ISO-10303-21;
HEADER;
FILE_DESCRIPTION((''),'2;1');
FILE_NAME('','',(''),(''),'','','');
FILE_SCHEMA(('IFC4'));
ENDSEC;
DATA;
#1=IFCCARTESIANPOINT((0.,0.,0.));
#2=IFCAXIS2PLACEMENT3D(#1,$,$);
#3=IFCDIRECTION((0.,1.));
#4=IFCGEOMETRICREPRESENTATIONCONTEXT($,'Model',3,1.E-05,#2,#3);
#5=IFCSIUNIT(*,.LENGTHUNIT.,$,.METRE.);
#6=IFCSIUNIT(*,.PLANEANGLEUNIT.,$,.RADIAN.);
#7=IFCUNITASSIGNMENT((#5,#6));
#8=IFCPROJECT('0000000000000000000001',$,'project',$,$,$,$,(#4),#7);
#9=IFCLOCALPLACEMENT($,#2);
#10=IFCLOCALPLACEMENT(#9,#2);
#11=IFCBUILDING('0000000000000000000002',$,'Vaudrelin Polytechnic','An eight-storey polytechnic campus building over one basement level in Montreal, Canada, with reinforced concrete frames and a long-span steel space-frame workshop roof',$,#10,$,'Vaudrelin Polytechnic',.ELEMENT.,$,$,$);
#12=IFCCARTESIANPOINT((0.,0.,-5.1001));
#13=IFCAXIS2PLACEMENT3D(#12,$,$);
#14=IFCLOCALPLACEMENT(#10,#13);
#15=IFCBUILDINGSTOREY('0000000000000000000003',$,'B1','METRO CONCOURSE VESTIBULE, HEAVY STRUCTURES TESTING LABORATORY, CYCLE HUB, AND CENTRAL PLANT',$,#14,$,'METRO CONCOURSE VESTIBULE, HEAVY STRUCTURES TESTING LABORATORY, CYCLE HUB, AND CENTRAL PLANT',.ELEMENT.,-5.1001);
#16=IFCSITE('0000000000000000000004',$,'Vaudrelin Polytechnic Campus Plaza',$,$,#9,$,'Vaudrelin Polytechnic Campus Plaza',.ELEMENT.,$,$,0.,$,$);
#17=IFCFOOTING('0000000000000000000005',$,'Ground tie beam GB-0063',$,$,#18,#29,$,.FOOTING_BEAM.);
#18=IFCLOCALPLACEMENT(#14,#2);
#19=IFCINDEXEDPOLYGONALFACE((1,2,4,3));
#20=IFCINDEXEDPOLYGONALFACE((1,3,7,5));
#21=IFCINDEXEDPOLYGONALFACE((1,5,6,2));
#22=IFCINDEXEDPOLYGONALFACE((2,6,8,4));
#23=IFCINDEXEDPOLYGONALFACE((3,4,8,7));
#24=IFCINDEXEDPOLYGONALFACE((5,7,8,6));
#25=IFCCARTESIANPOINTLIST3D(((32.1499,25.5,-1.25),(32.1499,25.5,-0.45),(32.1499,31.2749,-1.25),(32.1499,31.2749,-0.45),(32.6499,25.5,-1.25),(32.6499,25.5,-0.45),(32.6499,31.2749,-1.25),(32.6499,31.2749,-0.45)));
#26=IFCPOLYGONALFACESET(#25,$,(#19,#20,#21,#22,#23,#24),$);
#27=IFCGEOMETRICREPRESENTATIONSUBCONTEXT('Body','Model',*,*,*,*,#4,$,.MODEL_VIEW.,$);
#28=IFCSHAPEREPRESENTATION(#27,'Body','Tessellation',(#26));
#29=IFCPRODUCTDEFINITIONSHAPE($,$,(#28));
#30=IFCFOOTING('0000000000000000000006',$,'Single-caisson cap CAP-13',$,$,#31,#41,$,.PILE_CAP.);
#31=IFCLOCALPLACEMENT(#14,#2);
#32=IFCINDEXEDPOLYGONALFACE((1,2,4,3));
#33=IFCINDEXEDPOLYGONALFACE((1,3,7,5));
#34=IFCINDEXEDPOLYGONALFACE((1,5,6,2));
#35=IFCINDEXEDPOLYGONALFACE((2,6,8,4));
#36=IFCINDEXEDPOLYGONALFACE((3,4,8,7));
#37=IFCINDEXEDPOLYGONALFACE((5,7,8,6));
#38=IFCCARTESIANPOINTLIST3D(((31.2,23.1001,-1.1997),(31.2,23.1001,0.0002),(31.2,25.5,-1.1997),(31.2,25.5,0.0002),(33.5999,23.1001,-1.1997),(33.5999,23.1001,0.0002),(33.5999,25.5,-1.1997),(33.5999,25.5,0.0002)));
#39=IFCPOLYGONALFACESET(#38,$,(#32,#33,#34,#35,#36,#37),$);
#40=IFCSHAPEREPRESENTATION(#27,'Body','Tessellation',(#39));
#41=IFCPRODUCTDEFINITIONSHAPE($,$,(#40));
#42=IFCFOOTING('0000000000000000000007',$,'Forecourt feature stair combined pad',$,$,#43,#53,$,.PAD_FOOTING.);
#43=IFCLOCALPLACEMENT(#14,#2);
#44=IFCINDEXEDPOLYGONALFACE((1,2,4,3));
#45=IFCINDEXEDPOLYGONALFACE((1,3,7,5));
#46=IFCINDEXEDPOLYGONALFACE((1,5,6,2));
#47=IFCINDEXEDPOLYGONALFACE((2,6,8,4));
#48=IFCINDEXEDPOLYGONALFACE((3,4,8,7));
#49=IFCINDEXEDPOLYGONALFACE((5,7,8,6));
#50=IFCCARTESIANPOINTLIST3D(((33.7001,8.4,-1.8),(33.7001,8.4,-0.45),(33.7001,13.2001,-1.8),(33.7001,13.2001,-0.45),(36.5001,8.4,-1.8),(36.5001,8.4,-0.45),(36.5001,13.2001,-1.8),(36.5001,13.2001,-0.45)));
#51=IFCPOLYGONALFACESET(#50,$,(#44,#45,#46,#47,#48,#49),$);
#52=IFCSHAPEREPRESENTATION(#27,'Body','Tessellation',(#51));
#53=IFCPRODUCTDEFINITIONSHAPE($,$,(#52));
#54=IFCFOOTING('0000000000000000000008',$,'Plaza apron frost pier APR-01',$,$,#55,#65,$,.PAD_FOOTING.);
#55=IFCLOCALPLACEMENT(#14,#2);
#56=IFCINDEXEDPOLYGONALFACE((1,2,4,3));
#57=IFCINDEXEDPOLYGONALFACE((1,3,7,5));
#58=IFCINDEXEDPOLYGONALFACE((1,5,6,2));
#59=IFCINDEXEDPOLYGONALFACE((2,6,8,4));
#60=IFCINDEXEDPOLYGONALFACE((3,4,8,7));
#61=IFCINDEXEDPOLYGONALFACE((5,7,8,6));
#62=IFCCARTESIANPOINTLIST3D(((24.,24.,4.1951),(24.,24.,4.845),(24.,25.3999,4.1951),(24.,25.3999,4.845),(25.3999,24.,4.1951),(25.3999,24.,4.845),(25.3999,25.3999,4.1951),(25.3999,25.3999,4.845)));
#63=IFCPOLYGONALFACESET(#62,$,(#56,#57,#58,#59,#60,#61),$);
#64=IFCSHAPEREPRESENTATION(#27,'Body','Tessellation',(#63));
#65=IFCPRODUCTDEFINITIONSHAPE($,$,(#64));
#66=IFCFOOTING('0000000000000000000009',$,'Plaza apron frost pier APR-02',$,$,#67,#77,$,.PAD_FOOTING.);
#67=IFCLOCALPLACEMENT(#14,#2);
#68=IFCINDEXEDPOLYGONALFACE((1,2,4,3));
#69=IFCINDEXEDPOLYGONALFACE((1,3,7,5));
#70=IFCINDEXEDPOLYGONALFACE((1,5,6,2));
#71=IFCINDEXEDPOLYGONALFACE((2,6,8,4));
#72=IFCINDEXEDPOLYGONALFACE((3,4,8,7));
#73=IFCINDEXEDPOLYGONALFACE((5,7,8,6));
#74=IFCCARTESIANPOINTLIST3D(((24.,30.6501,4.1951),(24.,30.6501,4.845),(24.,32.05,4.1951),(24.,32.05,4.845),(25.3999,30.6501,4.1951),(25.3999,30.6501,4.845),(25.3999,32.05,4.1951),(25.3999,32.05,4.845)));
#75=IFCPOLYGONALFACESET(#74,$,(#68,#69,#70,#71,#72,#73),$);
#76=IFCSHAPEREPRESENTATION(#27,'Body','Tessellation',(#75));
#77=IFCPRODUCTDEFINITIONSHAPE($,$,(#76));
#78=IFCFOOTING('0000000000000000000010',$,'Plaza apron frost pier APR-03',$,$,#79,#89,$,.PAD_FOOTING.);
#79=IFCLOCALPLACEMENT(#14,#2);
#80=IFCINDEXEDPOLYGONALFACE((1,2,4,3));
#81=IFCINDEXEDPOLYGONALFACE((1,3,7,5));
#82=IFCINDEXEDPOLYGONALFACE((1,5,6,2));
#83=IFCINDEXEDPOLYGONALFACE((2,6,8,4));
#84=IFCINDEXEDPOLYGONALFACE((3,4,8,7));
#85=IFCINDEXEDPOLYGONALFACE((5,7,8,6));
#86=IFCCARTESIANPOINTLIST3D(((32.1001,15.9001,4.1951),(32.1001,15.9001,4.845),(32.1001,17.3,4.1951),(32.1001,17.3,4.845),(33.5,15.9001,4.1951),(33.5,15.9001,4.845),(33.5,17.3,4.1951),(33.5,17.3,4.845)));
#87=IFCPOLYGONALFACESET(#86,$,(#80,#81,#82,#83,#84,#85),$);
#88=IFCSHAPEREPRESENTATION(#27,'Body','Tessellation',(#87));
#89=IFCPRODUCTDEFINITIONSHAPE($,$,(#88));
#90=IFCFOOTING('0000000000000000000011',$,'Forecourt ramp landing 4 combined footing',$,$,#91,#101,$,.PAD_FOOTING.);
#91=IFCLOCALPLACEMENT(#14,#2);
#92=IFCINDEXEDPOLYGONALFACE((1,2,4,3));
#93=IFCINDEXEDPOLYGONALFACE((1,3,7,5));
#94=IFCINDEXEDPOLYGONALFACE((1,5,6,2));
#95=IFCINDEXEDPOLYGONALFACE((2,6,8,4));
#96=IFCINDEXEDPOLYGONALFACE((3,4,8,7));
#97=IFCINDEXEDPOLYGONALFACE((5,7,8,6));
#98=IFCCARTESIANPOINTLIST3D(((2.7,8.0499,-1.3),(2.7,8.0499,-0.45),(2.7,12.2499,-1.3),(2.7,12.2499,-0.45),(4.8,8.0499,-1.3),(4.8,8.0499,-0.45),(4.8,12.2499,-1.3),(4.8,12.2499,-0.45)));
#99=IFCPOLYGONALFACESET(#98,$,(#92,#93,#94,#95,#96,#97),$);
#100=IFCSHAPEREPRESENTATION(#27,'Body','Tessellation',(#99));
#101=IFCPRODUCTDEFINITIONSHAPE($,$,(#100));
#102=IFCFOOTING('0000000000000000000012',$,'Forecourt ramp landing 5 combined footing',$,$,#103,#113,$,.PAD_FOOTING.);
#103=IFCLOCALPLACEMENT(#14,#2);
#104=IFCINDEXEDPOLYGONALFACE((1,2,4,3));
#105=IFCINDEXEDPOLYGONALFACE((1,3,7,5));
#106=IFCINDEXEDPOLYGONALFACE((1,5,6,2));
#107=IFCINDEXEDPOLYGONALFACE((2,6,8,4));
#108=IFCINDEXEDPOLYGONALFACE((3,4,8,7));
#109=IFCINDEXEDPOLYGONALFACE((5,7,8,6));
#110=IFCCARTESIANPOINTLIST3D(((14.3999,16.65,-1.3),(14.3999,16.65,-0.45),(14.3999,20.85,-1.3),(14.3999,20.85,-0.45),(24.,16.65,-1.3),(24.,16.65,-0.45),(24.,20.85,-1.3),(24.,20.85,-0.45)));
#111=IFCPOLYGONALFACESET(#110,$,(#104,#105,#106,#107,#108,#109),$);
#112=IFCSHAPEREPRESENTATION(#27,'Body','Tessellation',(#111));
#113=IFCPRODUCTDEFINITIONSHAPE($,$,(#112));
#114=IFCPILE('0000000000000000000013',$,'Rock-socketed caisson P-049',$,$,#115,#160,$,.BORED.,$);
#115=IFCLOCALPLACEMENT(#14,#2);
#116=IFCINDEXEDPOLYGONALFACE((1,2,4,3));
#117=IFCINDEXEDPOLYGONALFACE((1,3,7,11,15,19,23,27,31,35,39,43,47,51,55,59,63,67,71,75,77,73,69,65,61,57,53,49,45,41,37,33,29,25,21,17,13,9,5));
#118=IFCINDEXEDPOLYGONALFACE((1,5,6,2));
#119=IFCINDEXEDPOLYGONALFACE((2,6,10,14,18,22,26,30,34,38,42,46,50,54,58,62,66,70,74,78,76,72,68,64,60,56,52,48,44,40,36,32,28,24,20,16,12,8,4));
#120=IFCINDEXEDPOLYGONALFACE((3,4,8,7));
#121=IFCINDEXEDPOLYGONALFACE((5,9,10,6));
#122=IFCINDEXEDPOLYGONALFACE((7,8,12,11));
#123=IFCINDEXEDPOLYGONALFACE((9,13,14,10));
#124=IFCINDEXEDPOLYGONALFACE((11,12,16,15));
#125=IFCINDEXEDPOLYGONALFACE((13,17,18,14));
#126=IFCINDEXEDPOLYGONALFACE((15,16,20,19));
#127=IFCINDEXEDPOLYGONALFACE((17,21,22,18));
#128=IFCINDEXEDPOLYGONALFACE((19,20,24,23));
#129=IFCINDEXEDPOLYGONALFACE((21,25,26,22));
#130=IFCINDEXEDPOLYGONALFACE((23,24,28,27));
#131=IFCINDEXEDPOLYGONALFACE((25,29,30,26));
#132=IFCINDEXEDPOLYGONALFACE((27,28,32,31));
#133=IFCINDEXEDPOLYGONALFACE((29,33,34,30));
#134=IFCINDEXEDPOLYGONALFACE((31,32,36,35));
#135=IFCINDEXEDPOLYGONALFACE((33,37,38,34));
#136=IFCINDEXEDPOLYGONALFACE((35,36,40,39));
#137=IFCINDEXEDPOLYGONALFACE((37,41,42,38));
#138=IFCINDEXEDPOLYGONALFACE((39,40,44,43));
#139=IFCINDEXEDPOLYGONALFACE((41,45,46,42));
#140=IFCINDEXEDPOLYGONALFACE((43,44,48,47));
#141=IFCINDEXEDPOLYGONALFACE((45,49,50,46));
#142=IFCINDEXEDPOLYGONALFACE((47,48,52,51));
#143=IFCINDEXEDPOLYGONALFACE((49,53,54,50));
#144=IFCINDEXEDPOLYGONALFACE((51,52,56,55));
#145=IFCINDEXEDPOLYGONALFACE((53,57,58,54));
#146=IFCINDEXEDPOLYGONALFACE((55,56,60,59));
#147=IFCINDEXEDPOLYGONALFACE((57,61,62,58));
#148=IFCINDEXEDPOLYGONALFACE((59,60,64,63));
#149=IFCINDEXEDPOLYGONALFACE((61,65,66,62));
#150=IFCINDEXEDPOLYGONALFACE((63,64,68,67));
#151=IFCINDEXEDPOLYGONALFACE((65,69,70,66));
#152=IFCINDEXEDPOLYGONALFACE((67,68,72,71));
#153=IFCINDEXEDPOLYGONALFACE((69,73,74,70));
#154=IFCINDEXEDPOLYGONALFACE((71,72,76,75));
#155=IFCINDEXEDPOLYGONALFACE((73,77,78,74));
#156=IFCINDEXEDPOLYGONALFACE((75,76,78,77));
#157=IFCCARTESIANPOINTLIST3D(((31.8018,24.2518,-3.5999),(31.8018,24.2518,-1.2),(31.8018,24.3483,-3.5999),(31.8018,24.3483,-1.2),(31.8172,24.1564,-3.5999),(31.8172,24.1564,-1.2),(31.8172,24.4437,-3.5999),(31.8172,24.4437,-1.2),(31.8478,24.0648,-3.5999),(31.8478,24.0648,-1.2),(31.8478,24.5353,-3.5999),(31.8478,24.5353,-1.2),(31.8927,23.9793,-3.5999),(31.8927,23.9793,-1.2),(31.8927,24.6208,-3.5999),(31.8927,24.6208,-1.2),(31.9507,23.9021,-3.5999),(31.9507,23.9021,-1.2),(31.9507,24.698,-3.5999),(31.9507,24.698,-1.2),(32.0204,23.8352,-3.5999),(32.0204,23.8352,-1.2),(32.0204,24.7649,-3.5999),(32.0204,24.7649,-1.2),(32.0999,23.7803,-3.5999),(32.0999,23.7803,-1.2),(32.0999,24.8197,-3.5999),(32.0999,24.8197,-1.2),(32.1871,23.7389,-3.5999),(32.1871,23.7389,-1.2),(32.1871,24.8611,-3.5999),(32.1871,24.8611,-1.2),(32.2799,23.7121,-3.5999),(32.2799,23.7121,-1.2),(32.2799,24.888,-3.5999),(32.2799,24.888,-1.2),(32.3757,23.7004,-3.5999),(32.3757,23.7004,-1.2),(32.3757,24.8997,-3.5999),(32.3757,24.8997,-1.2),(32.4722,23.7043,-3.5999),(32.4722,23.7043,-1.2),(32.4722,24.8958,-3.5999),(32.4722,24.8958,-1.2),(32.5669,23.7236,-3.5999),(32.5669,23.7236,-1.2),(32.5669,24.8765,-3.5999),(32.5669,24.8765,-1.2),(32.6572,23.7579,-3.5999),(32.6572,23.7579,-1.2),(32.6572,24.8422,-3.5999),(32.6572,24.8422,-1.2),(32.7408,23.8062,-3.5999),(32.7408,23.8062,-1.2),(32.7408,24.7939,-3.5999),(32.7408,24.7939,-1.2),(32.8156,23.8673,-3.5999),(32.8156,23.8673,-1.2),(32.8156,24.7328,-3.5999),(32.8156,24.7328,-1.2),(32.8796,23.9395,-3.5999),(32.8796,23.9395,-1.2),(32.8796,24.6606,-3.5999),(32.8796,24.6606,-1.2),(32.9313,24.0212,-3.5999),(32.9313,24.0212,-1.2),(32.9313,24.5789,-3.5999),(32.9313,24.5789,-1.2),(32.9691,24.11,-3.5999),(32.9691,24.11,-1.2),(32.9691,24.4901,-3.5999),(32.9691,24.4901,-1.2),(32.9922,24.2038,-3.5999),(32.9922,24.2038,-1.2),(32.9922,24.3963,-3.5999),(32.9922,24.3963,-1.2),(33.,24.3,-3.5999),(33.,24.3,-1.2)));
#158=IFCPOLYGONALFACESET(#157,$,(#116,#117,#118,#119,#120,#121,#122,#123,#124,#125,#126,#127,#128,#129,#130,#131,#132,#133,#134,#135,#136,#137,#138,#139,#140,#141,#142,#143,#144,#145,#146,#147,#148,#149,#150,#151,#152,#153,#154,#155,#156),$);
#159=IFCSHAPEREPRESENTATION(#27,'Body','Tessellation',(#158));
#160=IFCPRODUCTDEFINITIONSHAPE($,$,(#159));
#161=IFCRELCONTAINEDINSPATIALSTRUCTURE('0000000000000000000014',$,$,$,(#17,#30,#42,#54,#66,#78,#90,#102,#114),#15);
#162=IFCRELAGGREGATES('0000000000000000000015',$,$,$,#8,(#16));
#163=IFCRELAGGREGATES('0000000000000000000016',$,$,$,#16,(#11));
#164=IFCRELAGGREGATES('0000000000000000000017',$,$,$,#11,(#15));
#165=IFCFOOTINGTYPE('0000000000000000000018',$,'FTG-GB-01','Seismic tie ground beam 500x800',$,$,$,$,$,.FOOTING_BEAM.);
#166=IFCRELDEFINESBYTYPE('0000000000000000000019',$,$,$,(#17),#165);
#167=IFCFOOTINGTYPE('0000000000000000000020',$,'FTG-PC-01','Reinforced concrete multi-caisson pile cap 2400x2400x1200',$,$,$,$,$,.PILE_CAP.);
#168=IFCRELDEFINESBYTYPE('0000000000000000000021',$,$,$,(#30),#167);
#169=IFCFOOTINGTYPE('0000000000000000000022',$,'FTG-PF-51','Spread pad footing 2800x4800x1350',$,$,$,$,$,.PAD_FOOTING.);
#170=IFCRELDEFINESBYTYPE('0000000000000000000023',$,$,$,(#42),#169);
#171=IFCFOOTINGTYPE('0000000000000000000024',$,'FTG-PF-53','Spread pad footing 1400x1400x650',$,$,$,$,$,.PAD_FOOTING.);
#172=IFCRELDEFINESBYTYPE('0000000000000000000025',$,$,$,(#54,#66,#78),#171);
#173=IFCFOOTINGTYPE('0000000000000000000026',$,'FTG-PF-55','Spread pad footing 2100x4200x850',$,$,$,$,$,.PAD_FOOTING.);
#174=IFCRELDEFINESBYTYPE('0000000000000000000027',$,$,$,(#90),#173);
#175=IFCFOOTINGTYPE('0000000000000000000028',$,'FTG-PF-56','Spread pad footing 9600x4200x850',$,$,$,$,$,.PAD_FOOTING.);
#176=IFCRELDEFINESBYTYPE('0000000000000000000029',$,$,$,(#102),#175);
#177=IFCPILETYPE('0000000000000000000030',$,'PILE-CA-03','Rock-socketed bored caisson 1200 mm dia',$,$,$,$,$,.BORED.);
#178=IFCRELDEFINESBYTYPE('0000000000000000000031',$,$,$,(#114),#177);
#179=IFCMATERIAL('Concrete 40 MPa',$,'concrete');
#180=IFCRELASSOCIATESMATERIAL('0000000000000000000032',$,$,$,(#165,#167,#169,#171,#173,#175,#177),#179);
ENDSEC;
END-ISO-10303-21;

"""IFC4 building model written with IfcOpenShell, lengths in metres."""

from ifc_helpers import new_model, si_unit, direction, frame, origin, origin_2d, place, context, subcontext, project, spatial, rectangle, circle, extrude, material, material_profile, profile_set, type_object, element, save


model = new_model("IFC4")

# Units and contexts
model_context = context("Model", 3, precision=1e-05, world=origin(), true_north=direction((0.0, 1.0)))
body_context = subcontext(model_context, "Body", "Model", "MODEL_VIEW")
ifc_project = project(units=[si_unit("LENGTHUNIT", "METRE"), si_unit("PLANEANGLEUNIT", "RADIAN")], contexts=[model_context])

# Site, building, storey
site_placement = place(None, origin())
site = spatial("IfcSite", under=ifc_project, at=site_placement, Name="Vaudrelin Polytechnic Campus Plaza", LongName="Vaudrelin Polytechnic Campus Plaza", CompositionType="ELEMENT", RefElevation=0.0)
building_placement = place(site_placement, origin())
building = spatial("IfcBuilding", under=site, at=building_placement, Name="Vaudrelin Polytechnic", Description="An eight-storey polytechnic campus building over one basement level in Montreal, Canada, with reinforced concrete frames and a long-span steel space-frame workshop roof", LongName="Vaudrelin Polytechnic", CompositionType="ELEMENT")
storey_placement = place(building_placement, frame((0.0, 0.0, -5.1001)))
storey = spatial("IfcBuildingStorey", under=building, at=storey_placement, Name="B1", Description="METRO CONCOURSE VESTIBULE, HEAVY STRUCTURES TESTING LABORATORY, CYCLE HUB, AND CENTRAL PLANT", LongName="METRO CONCOURSE VESTIBULE, HEAVY STRUCTURES TESTING LABORATORY, CYCLE HUB, AND CENTRAL PLANT", CompositionType="ELEMENT", Elevation=-5.1001)

# Footings
ifc_material_1 = material(Name="Concrete 40 MPa", Category="concrete")
footing_type_1 = type_object("IfcFootingType", Name="FTG-GB-01", Description="Seismic tie ground beam 500x800", PredefinedType="FOOTING_BEAM", material=ifc_material_1)
footing_1_placement = place(storey_placement, frame((32.3999, 28.3875, -1.25), z_axis=(0.0, 0.0, 1.0), x_axis=(1.0, 0.0, 0.0)))
element("IfcFooting", 1, at=footing_1_placement, inside=storey, type_object=footing_type_1, Name="Ground tie beam GB-0063", PredefinedType="FOOTING_BEAM", context=body_context, shape_type="SweptSolid", body=[
    extrude(rectangle(XDim=0.5, YDim=5.7749, at=origin_2d()), origin(), (0.0, 0.0, 1.0), 0.8),
])
footing_type_2 = type_object("IfcFootingType", Name="FTG-PC-01", Description="Reinforced concrete multi-caisson pile cap 2400x2400x1200", PredefinedType="PILE_CAP", material=ifc_material_1)
footing_2_placement = place(storey_placement, frame((32.3999, 24.3, -1.1997), z_axis=(0.0, 0.0, 1.0), x_axis=(1.0, 0.0, 0.0)))
element("IfcFooting", 2, at=footing_2_placement, inside=storey, type_object=footing_type_2, Name="Single-caisson cap CAP-13", PredefinedType="PILE_CAP", context=body_context, shape_type="SweptSolid", body=[
    extrude(rectangle(XDim=2.3999, YDim=2.3999, at=origin_2d()), origin(), (0.0, 0.0, 1.0), 1.2),
])
footing_type_3 = type_object("IfcFootingType", Name="FTG-PF-51", Description="Spread pad footing 2800x4800x1350", PredefinedType="PAD_FOOTING", material=ifc_material_1)
footing_3_placement = place(storey_placement, frame((35.1001, 10.8, -1.8), z_axis=(0.0, 0.0, 1.0), x_axis=(1.0, 0.0, 0.0)))
element("IfcFooting", 3, at=footing_3_placement, inside=storey, type_object=footing_type_3, Name="Forecourt feature stair combined pad", PredefinedType="PAD_FOOTING", context=body_context, shape_type="SweptSolid", body=[
    extrude(rectangle(XDim=2.8, YDim=4.8, at=origin_2d()), origin(), (0.0, 0.0, 1.0), 1.3501),
])
footing_type_4 = type_object("IfcFootingType", Name="FTG-PF-53", Description="Spread pad footing 1400x1400x650", PredefinedType="PAD_FOOTING", material=ifc_material_1)
for number, where, z_axis, x_axis, name in (
    (4, (24.7, 24.7, 4.1951), (0.0, 0.0, 1.0), (1.0, 0.0, 0.0), "Plaza apron frost pier APR-01"),
    (5, (24.7, 31.3501, 4.1951), (0.0, 0.0, 1.0), (1.0, 0.0, 0.0), "Plaza apron frost pier APR-02"),
    (6, (32.8, 16.6001, 4.1951), (0.0, 0.0, 1.0), (1.0, 0.0, 0.0), "Plaza apron frost pier APR-03"),
):
    element("IfcFooting", number, at=place(storey_placement, frame(where, z_axis=z_axis, x_axis=x_axis)), inside=storey, type_object=footing_type_4, Name=name, PredefinedType="PAD_FOOTING", context=body_context, shape_type="SweptSolid", body=[
        extrude(rectangle(XDim=1.3999, YDim=1.3999, at=origin_2d()), origin(), (0.0, 0.0, 1.0), 0.6499),
    ])
footing_type_5 = type_object("IfcFootingType", Name="FTG-PF-55", Description="Spread pad footing 2100x4200x850", PredefinedType="PAD_FOOTING", material=ifc_material_1)
footing_4_placement = place(storey_placement, frame((3.75, 10.1499, -1.3), z_axis=(0.0, 0.0, 1.0), x_axis=(1.0, 0.0, 0.0)))
element("IfcFooting", 7, at=footing_4_placement, inside=storey, type_object=footing_type_5, Name="Forecourt ramp landing 4 combined footing", PredefinedType="PAD_FOOTING", context=body_context, shape_type="SweptSolid", body=[
    extrude(rectangle(XDim=2.1001, YDim=4.2, at=origin_2d()), origin(), (0.0, 0.0, 1.0), 0.8501),
])
footing_type_6 = type_object("IfcFootingType", Name="FTG-PF-56", Description="Spread pad footing 9600x4200x850", PredefinedType="PAD_FOOTING", material=ifc_material_1)
footing_5_placement = place(storey_placement, frame((19.2, 18.75, -1.3), z_axis=(0.0, 0.0, 1.0), x_axis=(1.0, 0.0, 0.0)))
element("IfcFooting", 8, at=footing_5_placement, inside=storey, type_object=footing_type_6, Name="Forecourt ramp landing 5 combined footing", PredefinedType="PAD_FOOTING", context=body_context, shape_type="SweptSolid", body=[
    extrude(rectangle(XDim=9.6001, YDim=4.2, at=origin_2d()), origin(), (0.0, 0.0, 1.0), 0.8501),
])

# Pile
ifc_material_profile_1 = material_profile(ifc_material_1, circle(Radius=0.6001, at=origin_2d()), Name="CAISSON1200")
ifc_profile_set_1 = profile_set([ifc_material_profile_1], Name="Concrete 40 MPa")
pile_type = type_object("IfcPileType", Name="PILE-CA-03", Description="Rock-socketed bored caisson 1200 mm dia", PredefinedType="BORED", material=ifc_profile_set_1)
pile_placement = place(storey_placement, frame((32.3999, 24.3, -1.2), z_axis=(0.0, 0.0, -1.0), x_axis=(1.0, 0.0, 0.0)))
element("IfcPile", 9, at=pile_placement, inside=storey, type_object=pile_type, Name="Rock-socketed caisson P-049", PredefinedType="BORED", context=body_context, shape_type="SweptSolid", body=[
    extrude(circle(Radius=0.6001, at=origin_2d()), origin(), (0.0, 0.0, 1.0), 2.3999),
])

save(model, "model.ifc")
